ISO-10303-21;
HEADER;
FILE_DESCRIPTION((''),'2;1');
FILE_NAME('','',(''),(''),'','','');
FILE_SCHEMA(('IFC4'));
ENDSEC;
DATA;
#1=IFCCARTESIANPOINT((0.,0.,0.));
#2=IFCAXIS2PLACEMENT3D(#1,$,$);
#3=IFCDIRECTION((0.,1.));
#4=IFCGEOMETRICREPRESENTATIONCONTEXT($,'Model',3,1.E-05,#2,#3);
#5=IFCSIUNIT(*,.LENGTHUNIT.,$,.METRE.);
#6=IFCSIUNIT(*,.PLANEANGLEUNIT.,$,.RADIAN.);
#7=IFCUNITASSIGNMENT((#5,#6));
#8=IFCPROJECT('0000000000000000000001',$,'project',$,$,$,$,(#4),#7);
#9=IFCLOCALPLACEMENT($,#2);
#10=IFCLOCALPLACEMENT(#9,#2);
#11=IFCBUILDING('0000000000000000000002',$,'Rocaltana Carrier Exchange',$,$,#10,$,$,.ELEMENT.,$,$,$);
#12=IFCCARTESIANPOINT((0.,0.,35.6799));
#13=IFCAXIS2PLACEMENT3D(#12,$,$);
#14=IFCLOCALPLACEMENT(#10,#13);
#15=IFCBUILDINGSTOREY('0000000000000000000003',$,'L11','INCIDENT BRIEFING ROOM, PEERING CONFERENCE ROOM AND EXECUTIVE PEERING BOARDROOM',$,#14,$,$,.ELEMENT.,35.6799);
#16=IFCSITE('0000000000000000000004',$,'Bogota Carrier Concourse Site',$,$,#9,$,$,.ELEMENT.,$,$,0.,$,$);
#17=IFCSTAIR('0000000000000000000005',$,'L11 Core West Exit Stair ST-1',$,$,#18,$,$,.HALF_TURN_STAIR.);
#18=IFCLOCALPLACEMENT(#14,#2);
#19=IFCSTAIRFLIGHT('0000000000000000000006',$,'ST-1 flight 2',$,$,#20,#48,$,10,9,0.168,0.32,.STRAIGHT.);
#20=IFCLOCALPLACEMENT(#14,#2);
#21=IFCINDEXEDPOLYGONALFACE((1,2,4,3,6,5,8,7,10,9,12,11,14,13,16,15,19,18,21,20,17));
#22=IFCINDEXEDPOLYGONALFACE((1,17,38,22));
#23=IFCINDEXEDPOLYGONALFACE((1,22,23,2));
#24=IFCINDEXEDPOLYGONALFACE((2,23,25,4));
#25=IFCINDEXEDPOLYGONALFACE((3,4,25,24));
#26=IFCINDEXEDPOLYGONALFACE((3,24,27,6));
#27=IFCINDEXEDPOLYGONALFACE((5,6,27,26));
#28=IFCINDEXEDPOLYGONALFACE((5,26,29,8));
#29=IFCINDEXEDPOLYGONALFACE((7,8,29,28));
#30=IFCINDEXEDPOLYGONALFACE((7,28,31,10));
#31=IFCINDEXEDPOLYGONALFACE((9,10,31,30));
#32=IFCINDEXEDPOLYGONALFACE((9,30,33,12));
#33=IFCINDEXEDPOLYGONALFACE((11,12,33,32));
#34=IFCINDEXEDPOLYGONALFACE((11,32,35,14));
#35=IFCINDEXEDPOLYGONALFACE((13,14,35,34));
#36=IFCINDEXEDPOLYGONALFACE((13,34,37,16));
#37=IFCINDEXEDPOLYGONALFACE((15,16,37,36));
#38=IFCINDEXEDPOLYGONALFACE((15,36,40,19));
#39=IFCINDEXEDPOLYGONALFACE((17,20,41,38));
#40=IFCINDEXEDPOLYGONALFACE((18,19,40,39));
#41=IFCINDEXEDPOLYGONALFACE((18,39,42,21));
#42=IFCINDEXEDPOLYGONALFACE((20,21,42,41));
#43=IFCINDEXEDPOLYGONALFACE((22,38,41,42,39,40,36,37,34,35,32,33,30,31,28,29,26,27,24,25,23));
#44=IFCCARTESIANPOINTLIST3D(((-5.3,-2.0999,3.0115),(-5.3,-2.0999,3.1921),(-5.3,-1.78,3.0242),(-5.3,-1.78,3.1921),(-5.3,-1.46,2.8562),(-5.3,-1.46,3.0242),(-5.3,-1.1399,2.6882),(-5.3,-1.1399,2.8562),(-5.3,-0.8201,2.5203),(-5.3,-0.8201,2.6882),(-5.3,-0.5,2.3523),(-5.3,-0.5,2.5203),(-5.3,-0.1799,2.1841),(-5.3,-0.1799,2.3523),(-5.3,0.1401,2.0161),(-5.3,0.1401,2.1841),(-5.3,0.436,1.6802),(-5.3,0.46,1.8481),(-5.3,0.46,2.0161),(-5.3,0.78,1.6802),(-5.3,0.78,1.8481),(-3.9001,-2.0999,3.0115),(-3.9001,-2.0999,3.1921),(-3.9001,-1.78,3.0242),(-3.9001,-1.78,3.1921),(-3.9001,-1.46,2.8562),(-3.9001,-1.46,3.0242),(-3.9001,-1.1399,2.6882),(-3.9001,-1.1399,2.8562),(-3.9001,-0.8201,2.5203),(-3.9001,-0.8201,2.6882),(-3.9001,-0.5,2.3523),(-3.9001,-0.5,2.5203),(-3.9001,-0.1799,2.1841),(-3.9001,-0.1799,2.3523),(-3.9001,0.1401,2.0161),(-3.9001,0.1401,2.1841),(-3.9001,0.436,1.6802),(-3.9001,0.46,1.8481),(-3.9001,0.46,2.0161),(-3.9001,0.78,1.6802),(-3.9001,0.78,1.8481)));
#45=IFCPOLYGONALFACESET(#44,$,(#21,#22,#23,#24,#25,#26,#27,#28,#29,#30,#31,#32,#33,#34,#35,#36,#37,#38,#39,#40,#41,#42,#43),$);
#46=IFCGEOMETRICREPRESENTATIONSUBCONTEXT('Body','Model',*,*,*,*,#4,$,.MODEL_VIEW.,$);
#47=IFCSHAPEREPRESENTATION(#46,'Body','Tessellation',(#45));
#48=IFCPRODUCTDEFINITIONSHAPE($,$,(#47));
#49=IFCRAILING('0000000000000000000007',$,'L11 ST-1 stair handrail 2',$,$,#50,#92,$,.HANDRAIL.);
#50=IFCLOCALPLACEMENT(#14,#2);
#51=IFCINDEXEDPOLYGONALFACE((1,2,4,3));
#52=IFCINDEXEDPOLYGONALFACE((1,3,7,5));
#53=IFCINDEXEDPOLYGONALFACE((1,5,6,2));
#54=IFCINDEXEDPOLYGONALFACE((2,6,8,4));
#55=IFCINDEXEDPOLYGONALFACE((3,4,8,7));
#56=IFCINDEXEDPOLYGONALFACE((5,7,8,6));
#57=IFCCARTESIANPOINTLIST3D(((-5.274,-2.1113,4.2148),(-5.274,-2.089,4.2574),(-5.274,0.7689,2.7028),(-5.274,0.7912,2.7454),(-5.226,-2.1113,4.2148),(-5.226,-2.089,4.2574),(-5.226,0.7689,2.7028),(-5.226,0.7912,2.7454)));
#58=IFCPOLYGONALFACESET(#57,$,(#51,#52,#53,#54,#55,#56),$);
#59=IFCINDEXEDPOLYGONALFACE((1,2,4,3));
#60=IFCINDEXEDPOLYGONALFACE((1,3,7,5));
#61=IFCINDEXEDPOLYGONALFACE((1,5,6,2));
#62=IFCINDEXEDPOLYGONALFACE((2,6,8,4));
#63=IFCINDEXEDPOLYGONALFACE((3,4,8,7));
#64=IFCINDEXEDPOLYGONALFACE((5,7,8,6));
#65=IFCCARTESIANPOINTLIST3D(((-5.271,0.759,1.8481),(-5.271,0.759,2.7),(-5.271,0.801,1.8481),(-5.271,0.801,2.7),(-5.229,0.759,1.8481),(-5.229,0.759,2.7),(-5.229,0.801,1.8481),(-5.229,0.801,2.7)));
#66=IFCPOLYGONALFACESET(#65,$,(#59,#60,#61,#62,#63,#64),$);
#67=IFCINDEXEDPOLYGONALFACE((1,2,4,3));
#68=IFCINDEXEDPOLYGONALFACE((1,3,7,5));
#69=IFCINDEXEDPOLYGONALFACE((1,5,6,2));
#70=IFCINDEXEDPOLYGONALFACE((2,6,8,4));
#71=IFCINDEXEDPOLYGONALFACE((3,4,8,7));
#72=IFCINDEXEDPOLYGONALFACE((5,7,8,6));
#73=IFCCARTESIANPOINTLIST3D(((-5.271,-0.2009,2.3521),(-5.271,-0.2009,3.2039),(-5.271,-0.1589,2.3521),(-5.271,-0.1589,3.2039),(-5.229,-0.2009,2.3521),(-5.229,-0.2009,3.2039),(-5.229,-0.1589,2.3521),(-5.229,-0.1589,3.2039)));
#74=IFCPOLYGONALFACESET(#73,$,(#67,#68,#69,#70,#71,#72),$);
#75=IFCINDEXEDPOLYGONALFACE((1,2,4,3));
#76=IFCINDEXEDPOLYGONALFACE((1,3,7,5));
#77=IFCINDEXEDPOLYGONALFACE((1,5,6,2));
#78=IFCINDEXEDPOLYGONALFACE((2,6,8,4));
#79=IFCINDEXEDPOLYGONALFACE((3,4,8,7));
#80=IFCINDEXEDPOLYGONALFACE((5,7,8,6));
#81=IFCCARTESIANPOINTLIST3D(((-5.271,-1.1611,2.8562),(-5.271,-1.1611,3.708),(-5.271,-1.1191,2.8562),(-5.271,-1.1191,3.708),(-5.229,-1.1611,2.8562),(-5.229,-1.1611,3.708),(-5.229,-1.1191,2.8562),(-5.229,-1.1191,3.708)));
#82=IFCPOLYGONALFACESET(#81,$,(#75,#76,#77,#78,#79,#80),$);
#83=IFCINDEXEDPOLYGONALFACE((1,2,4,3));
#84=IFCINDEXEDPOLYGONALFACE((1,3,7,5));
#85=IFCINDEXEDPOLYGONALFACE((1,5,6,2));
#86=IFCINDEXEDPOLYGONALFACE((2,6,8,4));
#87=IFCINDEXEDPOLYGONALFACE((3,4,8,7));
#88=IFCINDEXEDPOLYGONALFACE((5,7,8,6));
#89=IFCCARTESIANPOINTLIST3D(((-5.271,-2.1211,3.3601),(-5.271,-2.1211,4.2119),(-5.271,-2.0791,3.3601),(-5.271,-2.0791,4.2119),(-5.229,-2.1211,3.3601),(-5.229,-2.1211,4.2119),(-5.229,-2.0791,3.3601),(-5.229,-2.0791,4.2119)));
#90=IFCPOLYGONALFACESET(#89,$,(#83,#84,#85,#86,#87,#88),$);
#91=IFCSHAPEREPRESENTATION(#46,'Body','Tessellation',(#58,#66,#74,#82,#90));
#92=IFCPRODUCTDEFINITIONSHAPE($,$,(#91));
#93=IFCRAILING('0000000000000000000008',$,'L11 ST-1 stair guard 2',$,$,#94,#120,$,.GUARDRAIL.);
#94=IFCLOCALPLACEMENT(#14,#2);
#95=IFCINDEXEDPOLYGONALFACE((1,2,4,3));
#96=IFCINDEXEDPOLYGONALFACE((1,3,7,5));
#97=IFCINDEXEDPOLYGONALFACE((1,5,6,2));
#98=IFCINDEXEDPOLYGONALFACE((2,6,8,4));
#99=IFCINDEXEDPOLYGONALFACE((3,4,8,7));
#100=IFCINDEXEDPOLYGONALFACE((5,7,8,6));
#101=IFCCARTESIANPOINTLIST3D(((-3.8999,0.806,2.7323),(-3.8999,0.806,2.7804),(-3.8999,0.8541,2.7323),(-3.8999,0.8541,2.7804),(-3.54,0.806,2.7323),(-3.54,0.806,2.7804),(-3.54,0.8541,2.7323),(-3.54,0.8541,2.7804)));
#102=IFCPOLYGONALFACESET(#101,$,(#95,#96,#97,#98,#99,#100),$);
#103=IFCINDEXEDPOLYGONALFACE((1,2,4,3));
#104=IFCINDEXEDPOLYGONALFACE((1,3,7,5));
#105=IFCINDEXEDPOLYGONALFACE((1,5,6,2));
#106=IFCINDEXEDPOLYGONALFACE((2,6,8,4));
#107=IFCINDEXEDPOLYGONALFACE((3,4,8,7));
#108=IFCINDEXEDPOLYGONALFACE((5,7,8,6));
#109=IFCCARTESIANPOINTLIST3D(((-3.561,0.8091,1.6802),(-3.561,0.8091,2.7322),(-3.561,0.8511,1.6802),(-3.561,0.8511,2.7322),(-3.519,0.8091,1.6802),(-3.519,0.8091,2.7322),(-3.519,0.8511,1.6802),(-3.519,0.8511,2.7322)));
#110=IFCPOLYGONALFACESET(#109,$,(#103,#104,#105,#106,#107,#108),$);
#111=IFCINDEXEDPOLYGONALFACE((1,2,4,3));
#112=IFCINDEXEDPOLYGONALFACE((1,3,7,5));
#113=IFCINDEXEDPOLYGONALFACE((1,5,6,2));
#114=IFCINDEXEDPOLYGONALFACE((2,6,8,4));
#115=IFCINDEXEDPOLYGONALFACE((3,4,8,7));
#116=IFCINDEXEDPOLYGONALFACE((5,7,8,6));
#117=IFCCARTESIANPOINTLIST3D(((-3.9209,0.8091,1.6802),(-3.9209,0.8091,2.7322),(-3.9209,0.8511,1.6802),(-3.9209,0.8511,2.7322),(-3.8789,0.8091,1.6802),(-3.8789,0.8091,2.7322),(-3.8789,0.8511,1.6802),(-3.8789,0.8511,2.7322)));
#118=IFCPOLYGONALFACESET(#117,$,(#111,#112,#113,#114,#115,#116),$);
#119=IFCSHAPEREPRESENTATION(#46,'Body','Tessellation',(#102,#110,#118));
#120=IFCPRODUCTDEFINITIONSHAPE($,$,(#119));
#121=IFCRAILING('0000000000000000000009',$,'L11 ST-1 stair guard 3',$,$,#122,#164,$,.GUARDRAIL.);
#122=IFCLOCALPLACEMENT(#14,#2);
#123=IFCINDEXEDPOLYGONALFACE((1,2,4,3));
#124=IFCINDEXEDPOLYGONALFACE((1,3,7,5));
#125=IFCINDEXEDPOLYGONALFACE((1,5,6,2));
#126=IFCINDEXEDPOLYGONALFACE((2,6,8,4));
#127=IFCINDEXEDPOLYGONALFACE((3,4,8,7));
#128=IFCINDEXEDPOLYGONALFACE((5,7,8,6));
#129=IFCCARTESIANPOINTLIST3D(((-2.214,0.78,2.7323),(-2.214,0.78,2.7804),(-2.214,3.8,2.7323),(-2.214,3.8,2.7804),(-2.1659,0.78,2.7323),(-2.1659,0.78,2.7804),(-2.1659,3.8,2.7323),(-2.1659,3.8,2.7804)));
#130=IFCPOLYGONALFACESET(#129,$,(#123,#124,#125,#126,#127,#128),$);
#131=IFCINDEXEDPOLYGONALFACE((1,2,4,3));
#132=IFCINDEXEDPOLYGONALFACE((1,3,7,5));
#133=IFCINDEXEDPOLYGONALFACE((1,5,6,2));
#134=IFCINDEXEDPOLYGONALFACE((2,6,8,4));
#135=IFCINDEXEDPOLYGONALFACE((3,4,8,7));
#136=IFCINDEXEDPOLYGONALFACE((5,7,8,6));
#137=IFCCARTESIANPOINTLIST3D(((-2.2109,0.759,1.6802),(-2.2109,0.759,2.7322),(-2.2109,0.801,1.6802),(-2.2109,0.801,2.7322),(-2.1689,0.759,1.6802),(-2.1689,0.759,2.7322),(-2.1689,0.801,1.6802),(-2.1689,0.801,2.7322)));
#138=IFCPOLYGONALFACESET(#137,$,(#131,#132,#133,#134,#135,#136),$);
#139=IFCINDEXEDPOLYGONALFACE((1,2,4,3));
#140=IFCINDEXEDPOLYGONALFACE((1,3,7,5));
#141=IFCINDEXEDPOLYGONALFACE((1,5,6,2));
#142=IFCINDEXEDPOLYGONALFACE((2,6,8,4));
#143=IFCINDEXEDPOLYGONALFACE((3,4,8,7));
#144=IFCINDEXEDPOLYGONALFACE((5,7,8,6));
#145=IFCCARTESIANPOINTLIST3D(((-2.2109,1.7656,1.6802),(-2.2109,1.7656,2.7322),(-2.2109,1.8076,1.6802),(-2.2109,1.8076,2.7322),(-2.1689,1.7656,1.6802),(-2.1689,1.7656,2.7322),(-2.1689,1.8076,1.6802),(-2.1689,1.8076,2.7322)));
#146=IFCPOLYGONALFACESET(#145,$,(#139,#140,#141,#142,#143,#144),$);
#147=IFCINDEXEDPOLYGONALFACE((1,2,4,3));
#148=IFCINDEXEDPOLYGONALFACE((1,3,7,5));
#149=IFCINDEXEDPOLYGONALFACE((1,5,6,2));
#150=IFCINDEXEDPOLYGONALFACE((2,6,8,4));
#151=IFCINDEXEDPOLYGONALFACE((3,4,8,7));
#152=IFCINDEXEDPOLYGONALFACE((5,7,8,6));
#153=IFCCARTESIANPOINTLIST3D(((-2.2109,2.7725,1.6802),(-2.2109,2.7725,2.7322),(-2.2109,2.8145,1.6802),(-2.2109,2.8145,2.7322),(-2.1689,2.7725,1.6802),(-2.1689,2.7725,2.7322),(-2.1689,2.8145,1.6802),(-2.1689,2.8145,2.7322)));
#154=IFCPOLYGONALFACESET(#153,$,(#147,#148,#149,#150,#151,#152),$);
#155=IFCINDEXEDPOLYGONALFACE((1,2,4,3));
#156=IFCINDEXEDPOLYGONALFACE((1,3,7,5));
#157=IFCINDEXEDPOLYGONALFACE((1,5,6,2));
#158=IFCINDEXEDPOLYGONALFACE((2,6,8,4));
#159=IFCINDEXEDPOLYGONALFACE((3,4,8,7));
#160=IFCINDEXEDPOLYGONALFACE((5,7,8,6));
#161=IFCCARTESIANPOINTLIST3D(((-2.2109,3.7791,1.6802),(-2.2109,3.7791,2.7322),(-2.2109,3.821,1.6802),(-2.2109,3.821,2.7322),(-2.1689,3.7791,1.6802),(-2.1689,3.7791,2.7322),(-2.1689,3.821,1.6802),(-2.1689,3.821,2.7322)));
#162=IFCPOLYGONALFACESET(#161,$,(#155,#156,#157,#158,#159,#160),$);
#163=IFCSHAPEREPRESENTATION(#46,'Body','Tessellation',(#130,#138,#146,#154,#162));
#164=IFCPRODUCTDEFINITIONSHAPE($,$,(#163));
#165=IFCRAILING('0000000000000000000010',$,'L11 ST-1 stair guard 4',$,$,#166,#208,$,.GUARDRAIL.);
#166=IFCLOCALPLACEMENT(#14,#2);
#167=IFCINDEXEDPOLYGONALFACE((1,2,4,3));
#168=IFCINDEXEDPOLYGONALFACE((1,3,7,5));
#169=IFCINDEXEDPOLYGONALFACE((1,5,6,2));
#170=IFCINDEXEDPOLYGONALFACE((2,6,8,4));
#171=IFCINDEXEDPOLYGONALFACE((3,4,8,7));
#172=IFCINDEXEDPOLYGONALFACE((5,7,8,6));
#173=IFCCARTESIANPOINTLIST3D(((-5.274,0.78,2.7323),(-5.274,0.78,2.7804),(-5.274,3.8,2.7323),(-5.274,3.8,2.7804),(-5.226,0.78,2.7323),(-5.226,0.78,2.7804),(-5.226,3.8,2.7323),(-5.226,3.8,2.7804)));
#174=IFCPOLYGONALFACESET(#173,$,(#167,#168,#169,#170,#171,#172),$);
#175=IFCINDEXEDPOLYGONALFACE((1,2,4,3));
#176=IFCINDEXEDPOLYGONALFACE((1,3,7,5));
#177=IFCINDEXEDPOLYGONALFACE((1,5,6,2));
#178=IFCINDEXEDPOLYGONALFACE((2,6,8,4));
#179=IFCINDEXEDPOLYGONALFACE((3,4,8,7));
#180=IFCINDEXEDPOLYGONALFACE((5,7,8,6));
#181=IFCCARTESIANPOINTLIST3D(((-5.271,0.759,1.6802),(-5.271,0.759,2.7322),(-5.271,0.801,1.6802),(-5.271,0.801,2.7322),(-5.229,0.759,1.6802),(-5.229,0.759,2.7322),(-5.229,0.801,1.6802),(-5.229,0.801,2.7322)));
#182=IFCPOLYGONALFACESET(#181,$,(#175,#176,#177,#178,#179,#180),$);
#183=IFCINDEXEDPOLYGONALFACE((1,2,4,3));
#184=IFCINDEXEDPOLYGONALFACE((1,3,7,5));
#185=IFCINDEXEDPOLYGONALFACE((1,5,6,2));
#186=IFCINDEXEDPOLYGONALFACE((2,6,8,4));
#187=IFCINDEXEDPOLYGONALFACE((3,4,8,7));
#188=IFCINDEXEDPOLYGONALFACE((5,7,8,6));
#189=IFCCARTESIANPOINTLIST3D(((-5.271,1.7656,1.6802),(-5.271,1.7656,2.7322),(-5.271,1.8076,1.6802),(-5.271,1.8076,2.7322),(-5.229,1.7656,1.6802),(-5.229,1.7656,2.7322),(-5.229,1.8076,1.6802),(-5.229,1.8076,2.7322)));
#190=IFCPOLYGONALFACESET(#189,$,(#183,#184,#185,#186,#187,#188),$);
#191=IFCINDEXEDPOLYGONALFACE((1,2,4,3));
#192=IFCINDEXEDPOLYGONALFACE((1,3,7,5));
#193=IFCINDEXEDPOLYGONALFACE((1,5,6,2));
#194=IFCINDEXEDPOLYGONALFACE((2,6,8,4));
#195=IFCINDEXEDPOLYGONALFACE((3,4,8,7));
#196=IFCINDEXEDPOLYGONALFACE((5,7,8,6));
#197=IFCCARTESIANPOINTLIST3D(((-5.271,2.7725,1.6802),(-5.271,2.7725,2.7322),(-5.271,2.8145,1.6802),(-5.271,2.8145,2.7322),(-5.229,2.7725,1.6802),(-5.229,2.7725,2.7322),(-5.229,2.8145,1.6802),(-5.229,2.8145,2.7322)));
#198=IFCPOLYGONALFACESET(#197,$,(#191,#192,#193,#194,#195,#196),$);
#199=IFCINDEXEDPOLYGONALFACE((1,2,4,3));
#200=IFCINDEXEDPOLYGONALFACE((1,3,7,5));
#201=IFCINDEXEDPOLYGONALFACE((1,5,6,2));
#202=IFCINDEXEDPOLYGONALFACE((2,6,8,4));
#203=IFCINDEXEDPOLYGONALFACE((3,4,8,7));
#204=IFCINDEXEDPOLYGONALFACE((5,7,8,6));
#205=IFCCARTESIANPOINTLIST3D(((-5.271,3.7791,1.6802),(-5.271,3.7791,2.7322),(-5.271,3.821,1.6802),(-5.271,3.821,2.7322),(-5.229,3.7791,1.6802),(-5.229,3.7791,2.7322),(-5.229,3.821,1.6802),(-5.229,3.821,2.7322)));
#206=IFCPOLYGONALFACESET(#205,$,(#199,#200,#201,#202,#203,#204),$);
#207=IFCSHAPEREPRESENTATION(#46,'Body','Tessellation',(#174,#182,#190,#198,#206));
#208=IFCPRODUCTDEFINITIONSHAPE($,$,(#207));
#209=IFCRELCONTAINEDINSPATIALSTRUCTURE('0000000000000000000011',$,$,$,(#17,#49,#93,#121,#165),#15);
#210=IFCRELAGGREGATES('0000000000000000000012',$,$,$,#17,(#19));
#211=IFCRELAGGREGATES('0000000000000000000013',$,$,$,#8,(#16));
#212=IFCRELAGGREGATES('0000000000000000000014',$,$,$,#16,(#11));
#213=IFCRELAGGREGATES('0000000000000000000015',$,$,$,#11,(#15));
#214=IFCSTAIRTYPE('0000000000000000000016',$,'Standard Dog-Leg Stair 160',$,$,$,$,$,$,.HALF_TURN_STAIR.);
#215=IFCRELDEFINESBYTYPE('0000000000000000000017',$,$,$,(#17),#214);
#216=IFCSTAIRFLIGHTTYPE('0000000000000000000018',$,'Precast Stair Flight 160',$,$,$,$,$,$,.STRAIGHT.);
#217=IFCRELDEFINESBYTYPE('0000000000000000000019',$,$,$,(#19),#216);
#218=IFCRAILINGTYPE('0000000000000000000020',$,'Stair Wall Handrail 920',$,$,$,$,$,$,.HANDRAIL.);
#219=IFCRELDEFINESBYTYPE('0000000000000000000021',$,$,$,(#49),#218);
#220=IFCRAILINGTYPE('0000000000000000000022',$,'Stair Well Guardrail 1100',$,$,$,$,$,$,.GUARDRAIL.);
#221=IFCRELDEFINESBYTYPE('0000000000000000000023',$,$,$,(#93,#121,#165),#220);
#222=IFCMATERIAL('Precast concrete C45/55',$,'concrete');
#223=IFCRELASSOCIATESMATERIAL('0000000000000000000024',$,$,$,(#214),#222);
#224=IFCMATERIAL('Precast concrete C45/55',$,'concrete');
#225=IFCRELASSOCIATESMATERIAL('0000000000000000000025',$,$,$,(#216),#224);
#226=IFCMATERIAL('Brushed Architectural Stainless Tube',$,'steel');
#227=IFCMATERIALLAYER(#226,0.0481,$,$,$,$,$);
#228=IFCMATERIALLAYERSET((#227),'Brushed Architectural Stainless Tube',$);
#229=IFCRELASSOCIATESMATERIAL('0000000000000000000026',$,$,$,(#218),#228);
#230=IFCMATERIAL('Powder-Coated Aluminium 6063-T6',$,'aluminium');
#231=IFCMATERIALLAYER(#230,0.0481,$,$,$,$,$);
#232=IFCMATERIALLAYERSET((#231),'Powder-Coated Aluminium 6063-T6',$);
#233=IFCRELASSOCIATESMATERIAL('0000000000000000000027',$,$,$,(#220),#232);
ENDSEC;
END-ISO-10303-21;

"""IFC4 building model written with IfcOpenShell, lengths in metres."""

from ifc_helpers import new_model, si_unit, direction, frame, origin, origin_2d, place, context, subcontext, project, spatial, polyline, rectangle, outline, extrude, material, layer, layer_set, type_object, element, aggregate, save


model = new_model("IFC4")

# Units and contexts
model_context = context("Model", 3, precision=1e-05, world=origin(), true_north=direction((0.0, 1.0)))
body_context = subcontext(model_context, "Body", "Model", "MODEL_VIEW")
ifc_project = project(units=[si_unit("LENGTHUNIT", "METRE"), si_unit("PLANEANGLEUNIT", "RADIAN")], contexts=[model_context])

# Site, building, storey
site_placement = place(None, origin())
site = spatial("IfcSite", under=ifc_project, at=site_placement, Name="Bogota Carrier Concourse Site", CompositionType="ELEMENT", RefElevation=0.0)
building_placement = place(site_placement, origin())
building = spatial("IfcBuilding", under=site, at=building_placement, Name="Rocaltana Carrier Exchange", CompositionType="ELEMENT")
storey_placement = place(building_placement, frame((0.0, 0.0, 35.6799)))
storey = spatial("IfcBuildingStorey", under=building, at=storey_placement, Name="L11", Description="INCIDENT BRIEFING ROOM, PEERING CONFERENCE ROOM AND EXECUTIVE PEERING BOARDROOM", CompositionType="ELEMENT", Elevation=35.6799)

# Stair, stair flight
ifc_material_1 = material(Name="Precast concrete C45/55", Category="concrete")
stair_type = type_object("IfcStairType", Name="Standard Dog-Leg Stair 160", PredefinedType="HALF_TURN_STAIR", material=ifc_material_1)
stair_placement = place(storey_placement, origin())
stair = element("IfcStair", 1, at=stair_placement, inside=storey, type_object=stair_type, Name="L11 Core West Exit Stair ST-1", PredefinedType="HALF_TURN_STAIR")
ifc_material_2 = material(Name="Precast concrete C45/55", Category="concrete")
stair_flight_type = type_object("IfcStairFlightType", Name="Precast Stair Flight 160", PredefinedType="STRAIGHT", material=ifc_material_2)
stair_flight_placement = place(storey_placement, frame((-4.6001, 0.78, 1.6802), z_axis=(0.0, 0.0, 1.0), x_axis=(0.0, -1.0, 0.0)))
stair_flight = element("IfcStairFlight", 2, at=stair_flight_placement, type_object=stair_flight_type, Name="ST-1 flight 2", NumberOfRisers=10, NumberOfTreads=9, PredefinedType="STRAIGHT", RiserHeight=0.168, TreadLength=0.32, context=body_context, shape_type="SweptSolid", body=[
    extrude(outline(polyline([(0.0, 0.0), (0.0, 0.168), (0.3201, 0.168), (0.3201, 0.3359), (0.6399, 0.3359), (0.6399, 0.5039), (0.96, 0.5039), (0.96, 0.6721), (1.28, 0.6721), (1.28, 0.8401), (1.6001, 0.8401), (1.6001, 1.0081), (1.9199, 1.0081), (1.9199, 1.176), (2.24, 1.176), (2.24, 1.344), (2.5601, 1.344), (2.5601, 1.512), (2.8799, 1.512), (2.8799, 1.6799), (2.8799, 1.3313), (0.344, 0.0), (0.0, 0.0)])), frame((0.0, 0.7, 0.0), z_axis=(0.0, -1.0, 0.0), x_axis=(1.0, 0.0, 0.0)), (0.0, 0.0, 1.0), 1.3999),
])
aggregate(stair, [stair_flight])

# Railings
ifc_material_3 = material(Name="Brushed Architectural Stainless Tube", Category="steel")
ifc_layer_1 = layer(ifc_material_3, 0.0481)
ifc_layer_set_1 = layer_set([ifc_layer_1], Name="Brushed Architectural Stainless Tube")
railing_type_1 = type_object("IfcRailingType", Name="Stair Wall Handrail 920", PredefinedType="HANDRAIL", material=ifc_layer_set_1)
railing_1_placement = place(storey_placement, frame((-5.25, 0.78, 1.8481)))
element("IfcRailing", 3, at=railing_1_placement, inside=storey, type_object=railing_type_1, Name="L11 ST-1 stair handrail 2", PredefinedType="HANDRAIL", context=body_context, shape_type="SweptSolid", body=[
    extrude(rectangle(XDim=0.0481, YDim=0.0481, at=origin_2d()), frame((0.0, 0.0, 0.876), z_axis=(0.0, -0.885411, 0.464809), x_axis=(1.0, 0.0, 0.0)), (0.0, 0.0, 1.0), 3.2529),
    extrude(rectangle(XDim=0.042, YDim=0.042, at=origin_2d()), origin(), (0.0, 0.0, 1.0), 0.8518),
    extrude(rectangle(XDim=0.042, YDim=0.042, at=origin_2d()), frame((0.0, -0.96, 0.5039)), (0.0, 0.0, 1.0), 0.8518),
    extrude(rectangle(XDim=0.042, YDim=0.042, at=origin_2d()), frame((0.0, -1.9202, 1.0081)), (0.0, 0.0, 1.0), 0.8518),
    extrude(rectangle(XDim=0.042, YDim=0.042, at=origin_2d()), frame((0.0, -2.8801, 1.512)), (0.0, 0.0, 1.0), 0.8518),
])
ifc_material_4 = material(Name="Powder-Coated Aluminium 6063-T6", Category="aluminium")
ifc_layer_2 = layer(ifc_material_4, 0.0481)
ifc_layer_set_2 = layer_set([ifc_layer_2], Name="Powder-Coated Aluminium 6063-T6")
railing_type_2 = type_object("IfcRailingType", Name="Stair Well Guardrail 1100", PredefinedType="GUARDRAIL", material=ifc_layer_set_2)
railing_2_placement = place(storey_placement, frame((-3.54, 0.8301, 1.6802)))
element("IfcRailing", 4, at=railing_2_placement, inside=storey, type_object=railing_type_2, Name="L11 ST-1 stair guard 2", PredefinedType="GUARDRAIL", context=body_context, shape_type="SweptSolid", body=[
    extrude(rectangle(XDim=0.0481, YDim=0.0481, at=origin_2d()), frame((0.0, 0.0, 1.0762), z_axis=(-1.0, 0.0, 0.0), x_axis=(0.0, -1.0, 0.0)), (0.0, 0.0, 1.0), 0.3599),
    extrude(rectangle(XDim=0.042, YDim=0.042, at=origin_2d()), origin(), (0.0, 0.0, 1.0), 1.052),
    extrude(rectangle(XDim=0.042, YDim=0.042, at=origin_2d()), frame((-0.3599, 0.0, 0.0)), (0.0, 0.0, 1.0), 1.052),
])
for number, where, name in (
    (5, (-2.1899, 0.78, 1.6802), "L11 ST-1 stair guard 3"),
    (6, (-5.25, 0.78, 1.6802), "L11 ST-1 stair guard 4"),
):
    element("IfcRailing", number, at=place(storey_placement, frame(where)), inside=storey, type_object=railing_type_2, Name=name, PredefinedType="GUARDRAIL", context=body_context, shape_type="SweptSolid", body=[
        extrude(rectangle(XDim=0.0481, YDim=0.0481, at=origin_2d()), frame((0.0, 0.0, 1.0762), z_axis=(0.0, 1.0, 0.0), x_axis=(-1.0, 0.0, 0.0)), (0.0, 0.0, 1.0), 3.02),
        extrude(rectangle(XDim=0.042, YDim=0.042, at=origin_2d()), origin(), (0.0, 0.0, 1.0), 1.052),
        extrude(rectangle(XDim=0.042, YDim=0.042, at=origin_2d()), frame((0.0, 1.0066, 0.0)), (0.0, 0.0, 1.0), 1.052),
        extrude(rectangle(XDim=0.042, YDim=0.042, at=origin_2d()), frame((0.0, 2.0134, 0.0)), (0.0, 0.0, 1.0), 1.052),
        extrude(rectangle(XDim=0.042, YDim=0.042, at=origin_2d()), frame((0.0, 3.02, 0.0)), (0.0, 0.0, 1.0), 1.052),
    ])

save(model, "model.ifc")
